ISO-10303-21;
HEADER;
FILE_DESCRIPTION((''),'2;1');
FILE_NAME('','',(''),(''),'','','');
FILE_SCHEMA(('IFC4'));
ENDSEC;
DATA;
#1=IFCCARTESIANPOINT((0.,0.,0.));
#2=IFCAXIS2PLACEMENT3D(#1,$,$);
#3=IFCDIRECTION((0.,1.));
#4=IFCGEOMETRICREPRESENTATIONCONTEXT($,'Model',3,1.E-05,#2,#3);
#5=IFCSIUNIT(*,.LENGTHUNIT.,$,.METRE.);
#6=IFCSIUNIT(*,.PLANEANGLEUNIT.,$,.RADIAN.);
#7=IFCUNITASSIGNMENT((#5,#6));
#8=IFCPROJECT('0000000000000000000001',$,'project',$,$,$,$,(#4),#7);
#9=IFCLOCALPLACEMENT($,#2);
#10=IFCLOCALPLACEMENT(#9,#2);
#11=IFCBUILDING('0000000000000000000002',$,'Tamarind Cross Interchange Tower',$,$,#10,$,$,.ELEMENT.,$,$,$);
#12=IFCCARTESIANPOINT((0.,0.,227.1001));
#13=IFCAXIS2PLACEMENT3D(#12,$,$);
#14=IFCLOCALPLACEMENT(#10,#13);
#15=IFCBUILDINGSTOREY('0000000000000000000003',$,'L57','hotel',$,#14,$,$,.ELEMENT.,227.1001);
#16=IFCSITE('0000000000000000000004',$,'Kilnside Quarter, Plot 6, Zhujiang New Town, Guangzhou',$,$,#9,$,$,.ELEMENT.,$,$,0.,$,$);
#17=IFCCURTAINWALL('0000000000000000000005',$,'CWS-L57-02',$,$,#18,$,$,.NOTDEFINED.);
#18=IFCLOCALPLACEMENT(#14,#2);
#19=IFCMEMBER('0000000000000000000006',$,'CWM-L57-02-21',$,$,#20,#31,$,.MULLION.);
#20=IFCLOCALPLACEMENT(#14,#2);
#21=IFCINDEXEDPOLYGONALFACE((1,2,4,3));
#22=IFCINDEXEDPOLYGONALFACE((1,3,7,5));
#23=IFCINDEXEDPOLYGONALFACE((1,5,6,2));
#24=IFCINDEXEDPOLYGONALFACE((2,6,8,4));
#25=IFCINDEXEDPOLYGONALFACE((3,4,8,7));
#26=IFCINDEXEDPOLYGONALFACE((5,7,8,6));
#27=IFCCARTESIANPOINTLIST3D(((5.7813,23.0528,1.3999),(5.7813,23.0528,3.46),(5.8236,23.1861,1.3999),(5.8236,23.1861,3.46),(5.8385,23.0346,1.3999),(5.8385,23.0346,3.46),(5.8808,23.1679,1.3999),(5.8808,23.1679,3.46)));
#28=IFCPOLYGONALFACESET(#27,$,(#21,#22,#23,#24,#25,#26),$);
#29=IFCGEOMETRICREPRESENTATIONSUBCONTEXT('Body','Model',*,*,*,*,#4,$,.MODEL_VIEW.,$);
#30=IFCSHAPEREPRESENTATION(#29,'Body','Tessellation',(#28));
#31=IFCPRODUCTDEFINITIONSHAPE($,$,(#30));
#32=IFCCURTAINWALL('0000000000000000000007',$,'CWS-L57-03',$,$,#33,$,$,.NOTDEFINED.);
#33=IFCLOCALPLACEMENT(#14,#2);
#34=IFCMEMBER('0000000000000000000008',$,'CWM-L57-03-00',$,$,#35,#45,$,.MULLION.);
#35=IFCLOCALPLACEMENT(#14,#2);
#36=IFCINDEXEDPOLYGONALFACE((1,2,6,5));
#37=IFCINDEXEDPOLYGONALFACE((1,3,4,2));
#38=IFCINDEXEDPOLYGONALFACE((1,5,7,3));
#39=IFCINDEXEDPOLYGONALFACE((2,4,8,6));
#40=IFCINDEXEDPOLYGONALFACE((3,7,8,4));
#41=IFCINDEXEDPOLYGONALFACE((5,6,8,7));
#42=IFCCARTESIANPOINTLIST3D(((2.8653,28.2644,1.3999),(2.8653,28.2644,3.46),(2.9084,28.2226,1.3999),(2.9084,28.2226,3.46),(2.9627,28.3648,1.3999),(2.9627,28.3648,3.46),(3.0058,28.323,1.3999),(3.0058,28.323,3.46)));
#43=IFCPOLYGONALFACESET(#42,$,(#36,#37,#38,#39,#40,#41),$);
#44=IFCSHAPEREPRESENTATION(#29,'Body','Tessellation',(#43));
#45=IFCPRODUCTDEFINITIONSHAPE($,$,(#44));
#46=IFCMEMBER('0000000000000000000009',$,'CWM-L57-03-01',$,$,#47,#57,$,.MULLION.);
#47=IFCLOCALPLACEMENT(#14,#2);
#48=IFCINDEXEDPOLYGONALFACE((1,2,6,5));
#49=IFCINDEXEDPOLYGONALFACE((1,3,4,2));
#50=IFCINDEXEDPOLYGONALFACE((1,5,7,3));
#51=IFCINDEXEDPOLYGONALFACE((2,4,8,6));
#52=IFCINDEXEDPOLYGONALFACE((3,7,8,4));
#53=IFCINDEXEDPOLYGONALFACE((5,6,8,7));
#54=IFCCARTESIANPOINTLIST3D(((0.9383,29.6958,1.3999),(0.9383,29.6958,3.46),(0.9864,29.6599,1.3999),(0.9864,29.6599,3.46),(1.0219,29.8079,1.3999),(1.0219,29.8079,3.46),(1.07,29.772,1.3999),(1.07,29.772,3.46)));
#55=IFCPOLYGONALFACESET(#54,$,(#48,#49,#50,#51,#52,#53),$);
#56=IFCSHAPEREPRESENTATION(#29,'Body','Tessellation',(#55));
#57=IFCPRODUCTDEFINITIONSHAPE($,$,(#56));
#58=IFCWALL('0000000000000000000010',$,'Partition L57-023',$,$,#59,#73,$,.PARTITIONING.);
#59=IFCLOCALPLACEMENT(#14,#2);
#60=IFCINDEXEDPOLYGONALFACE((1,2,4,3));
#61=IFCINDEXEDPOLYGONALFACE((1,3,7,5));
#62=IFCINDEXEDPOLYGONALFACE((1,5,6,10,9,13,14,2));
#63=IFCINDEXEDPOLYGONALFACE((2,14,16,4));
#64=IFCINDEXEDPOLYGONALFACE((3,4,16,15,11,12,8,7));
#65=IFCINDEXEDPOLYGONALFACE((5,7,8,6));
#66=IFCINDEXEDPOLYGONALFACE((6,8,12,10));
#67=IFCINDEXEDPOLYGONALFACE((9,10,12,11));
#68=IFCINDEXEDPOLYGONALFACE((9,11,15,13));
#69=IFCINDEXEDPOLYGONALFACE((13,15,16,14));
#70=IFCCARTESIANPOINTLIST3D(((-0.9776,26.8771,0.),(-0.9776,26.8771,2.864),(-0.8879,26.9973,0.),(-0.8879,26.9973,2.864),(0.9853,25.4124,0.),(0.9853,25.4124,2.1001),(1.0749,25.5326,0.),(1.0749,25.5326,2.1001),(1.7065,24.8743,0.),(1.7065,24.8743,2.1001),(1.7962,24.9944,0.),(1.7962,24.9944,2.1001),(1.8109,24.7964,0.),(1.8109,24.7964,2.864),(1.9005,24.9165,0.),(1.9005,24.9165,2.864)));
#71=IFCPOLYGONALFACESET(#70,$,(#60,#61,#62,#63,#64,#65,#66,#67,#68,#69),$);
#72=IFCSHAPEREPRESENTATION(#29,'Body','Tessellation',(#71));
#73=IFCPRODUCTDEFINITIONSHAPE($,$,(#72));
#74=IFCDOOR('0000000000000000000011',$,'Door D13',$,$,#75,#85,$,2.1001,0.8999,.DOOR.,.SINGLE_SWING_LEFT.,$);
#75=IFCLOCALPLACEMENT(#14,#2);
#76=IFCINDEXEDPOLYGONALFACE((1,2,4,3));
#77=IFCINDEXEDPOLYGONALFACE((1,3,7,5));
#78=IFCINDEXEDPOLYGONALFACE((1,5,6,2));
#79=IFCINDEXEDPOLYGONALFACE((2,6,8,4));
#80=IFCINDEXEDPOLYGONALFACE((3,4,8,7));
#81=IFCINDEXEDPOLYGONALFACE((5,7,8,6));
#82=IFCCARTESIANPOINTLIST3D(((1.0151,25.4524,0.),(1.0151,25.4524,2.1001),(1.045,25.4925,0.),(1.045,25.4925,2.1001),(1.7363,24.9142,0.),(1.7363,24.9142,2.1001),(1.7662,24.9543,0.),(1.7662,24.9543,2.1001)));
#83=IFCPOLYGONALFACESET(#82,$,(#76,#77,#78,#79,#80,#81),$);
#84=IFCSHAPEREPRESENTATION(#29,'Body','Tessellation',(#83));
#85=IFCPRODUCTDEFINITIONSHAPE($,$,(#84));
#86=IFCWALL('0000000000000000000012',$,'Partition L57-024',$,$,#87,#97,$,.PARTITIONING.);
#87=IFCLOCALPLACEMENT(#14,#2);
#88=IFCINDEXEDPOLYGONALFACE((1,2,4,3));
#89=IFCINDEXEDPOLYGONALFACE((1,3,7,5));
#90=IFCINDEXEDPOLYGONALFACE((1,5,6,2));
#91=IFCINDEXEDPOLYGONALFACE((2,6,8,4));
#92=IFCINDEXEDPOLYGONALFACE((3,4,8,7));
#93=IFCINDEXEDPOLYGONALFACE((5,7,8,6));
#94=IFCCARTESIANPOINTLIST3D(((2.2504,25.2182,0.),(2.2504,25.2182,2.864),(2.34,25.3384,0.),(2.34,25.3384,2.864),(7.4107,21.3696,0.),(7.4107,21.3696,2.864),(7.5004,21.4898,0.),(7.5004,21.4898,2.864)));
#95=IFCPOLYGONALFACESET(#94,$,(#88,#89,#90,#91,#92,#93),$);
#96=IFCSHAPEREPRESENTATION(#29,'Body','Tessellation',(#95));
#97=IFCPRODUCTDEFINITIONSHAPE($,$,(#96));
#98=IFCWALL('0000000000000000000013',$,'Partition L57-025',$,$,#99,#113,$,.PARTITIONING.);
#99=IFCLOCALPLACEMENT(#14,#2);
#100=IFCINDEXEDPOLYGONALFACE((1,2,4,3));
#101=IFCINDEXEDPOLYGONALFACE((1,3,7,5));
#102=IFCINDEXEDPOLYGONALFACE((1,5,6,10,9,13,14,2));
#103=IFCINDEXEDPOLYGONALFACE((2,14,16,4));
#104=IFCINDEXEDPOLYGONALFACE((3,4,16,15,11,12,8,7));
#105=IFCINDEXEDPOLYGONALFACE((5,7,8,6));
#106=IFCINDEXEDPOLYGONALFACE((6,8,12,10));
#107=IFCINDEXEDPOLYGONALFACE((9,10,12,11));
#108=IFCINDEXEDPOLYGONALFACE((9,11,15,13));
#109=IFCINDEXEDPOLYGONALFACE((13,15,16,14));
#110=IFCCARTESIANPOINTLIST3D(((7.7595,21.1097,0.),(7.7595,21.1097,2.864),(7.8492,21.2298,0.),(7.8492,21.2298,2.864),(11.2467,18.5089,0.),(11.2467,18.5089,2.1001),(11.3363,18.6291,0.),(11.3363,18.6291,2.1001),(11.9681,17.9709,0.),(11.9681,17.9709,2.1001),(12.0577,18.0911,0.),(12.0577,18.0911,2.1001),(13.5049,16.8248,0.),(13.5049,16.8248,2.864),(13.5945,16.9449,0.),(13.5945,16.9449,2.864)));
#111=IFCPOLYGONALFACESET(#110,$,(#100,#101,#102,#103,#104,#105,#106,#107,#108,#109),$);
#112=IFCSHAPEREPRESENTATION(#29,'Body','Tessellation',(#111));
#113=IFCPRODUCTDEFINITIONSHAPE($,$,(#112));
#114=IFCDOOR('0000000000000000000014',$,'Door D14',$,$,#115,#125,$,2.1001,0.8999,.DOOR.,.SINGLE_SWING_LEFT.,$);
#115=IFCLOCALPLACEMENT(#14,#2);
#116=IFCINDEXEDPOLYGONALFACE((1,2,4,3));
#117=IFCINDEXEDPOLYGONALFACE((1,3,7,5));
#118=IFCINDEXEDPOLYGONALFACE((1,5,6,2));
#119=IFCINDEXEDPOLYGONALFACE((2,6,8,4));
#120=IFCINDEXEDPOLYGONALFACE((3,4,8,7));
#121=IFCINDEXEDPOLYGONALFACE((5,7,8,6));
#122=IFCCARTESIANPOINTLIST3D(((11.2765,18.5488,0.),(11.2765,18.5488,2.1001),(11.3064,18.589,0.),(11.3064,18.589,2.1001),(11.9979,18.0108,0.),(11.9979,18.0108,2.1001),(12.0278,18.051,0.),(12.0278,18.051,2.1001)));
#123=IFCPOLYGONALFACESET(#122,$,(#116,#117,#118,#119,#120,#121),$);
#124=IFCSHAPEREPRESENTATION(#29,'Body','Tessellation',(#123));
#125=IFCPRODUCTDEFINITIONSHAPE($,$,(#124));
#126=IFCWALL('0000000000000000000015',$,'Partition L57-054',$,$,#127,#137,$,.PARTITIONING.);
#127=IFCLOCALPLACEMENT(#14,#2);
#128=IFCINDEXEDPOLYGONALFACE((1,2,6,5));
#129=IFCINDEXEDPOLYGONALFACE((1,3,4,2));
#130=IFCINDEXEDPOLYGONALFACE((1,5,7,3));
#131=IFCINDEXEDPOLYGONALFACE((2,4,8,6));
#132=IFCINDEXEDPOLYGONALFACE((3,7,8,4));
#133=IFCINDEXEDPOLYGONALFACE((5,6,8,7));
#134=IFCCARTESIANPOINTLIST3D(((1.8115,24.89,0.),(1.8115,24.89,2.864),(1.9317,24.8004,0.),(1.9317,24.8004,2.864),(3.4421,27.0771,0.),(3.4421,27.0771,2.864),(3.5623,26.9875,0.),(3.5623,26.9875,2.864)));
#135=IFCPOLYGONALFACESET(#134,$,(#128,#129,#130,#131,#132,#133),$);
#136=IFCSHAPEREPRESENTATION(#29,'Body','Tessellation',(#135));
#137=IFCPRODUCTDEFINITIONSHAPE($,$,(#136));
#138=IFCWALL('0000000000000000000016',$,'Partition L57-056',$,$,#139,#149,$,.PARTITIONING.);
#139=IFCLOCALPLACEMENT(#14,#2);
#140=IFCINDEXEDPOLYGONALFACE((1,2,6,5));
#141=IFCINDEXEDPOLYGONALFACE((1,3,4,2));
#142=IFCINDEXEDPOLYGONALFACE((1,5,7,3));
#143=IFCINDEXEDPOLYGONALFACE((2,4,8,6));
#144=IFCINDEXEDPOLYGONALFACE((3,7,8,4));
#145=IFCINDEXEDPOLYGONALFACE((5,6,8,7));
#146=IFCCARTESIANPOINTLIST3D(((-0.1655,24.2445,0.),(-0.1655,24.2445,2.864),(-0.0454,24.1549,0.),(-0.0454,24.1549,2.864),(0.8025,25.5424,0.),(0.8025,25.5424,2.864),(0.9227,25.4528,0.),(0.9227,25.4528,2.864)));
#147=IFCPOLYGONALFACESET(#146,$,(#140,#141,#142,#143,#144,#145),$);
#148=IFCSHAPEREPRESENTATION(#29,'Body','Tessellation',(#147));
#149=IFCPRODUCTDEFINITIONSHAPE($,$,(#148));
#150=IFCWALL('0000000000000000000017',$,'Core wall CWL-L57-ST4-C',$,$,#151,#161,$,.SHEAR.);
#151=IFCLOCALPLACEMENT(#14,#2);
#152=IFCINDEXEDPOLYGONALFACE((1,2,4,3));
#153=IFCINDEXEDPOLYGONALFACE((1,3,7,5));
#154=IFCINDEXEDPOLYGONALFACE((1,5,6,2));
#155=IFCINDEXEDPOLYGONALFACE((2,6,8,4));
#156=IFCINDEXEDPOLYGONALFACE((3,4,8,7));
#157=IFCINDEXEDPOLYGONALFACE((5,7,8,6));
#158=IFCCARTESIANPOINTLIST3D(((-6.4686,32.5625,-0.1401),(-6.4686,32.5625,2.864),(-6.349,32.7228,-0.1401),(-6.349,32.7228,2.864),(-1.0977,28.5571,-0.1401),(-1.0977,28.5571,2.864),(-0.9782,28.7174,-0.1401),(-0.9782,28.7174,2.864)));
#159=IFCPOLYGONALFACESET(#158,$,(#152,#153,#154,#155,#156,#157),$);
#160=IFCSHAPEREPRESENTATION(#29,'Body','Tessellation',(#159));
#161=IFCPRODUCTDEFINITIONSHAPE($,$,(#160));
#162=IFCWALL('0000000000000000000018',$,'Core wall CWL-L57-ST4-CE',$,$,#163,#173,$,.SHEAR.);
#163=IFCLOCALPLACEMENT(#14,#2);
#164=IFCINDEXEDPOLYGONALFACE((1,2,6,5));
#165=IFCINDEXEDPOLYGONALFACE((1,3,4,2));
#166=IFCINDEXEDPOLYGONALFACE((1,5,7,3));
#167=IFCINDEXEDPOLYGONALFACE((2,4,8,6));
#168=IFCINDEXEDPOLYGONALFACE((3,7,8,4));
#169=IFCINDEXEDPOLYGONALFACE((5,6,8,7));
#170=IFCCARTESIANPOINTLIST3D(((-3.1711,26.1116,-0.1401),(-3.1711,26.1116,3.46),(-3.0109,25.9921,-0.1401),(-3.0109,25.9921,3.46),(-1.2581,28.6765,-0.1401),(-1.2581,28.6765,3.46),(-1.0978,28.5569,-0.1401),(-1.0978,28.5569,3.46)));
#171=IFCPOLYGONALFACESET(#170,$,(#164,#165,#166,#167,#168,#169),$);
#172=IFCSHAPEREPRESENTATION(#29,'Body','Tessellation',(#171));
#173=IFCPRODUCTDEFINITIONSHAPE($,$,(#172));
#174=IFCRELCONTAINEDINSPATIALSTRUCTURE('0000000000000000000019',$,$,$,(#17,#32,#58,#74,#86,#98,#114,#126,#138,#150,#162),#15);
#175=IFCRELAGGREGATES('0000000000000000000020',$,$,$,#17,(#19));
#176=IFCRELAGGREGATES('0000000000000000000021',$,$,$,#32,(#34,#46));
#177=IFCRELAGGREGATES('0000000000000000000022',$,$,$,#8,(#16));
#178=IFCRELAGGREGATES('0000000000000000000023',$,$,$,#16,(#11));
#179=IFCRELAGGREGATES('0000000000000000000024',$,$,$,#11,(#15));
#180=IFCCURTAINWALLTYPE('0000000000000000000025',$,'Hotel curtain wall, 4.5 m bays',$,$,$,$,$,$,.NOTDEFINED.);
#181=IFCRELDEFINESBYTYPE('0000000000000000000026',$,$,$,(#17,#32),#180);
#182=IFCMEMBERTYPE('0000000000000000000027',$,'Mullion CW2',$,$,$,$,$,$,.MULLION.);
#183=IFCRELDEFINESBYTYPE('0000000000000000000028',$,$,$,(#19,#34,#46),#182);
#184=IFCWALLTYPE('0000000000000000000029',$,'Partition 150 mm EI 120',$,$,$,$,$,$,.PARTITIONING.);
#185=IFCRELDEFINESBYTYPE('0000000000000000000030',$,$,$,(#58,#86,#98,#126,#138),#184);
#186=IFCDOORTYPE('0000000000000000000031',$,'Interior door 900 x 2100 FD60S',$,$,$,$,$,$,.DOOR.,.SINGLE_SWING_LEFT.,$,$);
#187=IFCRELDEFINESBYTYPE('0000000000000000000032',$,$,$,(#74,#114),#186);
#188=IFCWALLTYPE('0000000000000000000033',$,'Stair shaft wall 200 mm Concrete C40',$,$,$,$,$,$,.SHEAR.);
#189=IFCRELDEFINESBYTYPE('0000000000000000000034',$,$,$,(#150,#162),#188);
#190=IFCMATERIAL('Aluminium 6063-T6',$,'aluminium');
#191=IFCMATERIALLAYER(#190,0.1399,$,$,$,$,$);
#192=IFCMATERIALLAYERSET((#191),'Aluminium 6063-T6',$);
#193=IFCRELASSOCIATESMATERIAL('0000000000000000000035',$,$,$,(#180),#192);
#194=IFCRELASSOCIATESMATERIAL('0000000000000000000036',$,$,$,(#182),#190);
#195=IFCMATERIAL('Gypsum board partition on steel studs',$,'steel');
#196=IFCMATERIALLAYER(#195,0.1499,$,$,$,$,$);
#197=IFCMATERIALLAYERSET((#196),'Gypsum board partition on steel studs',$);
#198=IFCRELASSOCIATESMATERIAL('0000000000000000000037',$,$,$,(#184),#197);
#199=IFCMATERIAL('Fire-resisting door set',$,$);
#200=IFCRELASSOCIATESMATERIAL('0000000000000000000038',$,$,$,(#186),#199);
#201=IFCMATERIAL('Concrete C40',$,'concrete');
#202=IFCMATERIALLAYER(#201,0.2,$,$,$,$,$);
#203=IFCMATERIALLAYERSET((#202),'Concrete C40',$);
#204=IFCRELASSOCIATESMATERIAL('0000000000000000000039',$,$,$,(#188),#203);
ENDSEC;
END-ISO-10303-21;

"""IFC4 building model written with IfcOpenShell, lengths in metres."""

from ifc_helpers import new_model, si_unit, direction, frame, frame_2d, origin, origin_2d, place, context, subcontext, project, spatial, rectangle, extrude, material, layer, layer_set, material_profile, profile_set, type_object, element, fill, aggregate, save


model = new_model("IFC4")

# Units and contexts
model_context = context("Model", 3, precision=1e-05, world=origin(), true_north=direction((0.0, 1.0)))
body_context = subcontext(model_context, "Body", "Model", "MODEL_VIEW")
ifc_project = project(units=[si_unit("LENGTHUNIT", "METRE"), si_unit("PLANEANGLEUNIT", "RADIAN")], contexts=[model_context])

# Site, building, storey
site_placement = place(None, origin())
site = spatial("IfcSite", under=ifc_project, at=site_placement, Name="Kilnside Quarter, Plot 6, Zhujiang New Town, Guangzhou", CompositionType="ELEMENT", RefElevation=0.0)
building_placement = place(site_placement, origin())
building = spatial("IfcBuilding", under=site, at=building_placement, Name="Tamarind Cross Interchange Tower", CompositionType="ELEMENT")
storey_placement = place(building_placement, frame((0.0, 0.0, 227.1001)))
storey = spatial("IfcBuildingStorey", under=building, at=storey_placement, Name="L57", Description="hotel", CompositionType="ELEMENT", Elevation=227.1001)

# Curtain walls, members
ifc_material_1 = material(Name="Aluminium 6063-T6", Category="aluminium")
ifc_layer_1 = layer(ifc_material_1, 0.1399)
ifc_layer_set_1 = layer_set([ifc_layer_1], Name="Aluminium 6063-T6")
curtain_wall_type = type_object("IfcCurtainWallType", Name="Hotel curtain wall, 4.5 m bays", PredefinedType="NOTDEFINED", material=ifc_layer_set_1)
curtain_wall_1_placement = place(storey_placement, origin())
curtain_wall_1 = element("IfcCurtainWall", 1, at=curtain_wall_1_placement, inside=storey, type_object=curtain_wall_type, Name="CWS-L57-02", PredefinedType="NOTDEFINED")
ifc_material_profile_1 = material_profile(ifc_material_1, rectangle(XDim=0.0601, YDim=0.1399, at=origin_2d()), Name="Mullion CW2")
ifc_profile_set_1 = profile_set([ifc_material_profile_1], Name="Aluminium 6063-T6")
member_type = type_object("IfcMemberType", Name="Mullion CW2", PredefinedType="MULLION", material=ifc_profile_set_1)
member_1_placement = place(storey_placement, frame((5.8311, 23.1104, 1.3999), z_axis=(0.0, 0.0, 1.0), x_axis=(-0.953133, 0.302552, 0.0)))
member_1 = element("IfcMember", 2, at=member_1_placement, type_object=member_type, Name="CWM-L57-02-21", PredefinedType="MULLION", context=body_context, shape_type="SweptSolid", body=[
    extrude(rectangle(XDim=0.0601, YDim=0.1399, at=origin_2d()), origin(), (0.0, 0.0, 1.0), 2.0601),
])
aggregate(curtain_wall_1, [member_1])
curtain_wall_2_placement = place(storey_placement, origin())
curtain_wall_2 = element("IfcCurtainWall", 3, at=curtain_wall_2_placement, inside=storey, type_object=curtain_wall_type, Name="CWS-L57-03", PredefinedType="NOTDEFINED")
member_2_placement = place(storey_placement, frame((2.9355, 28.2937, 1.3999), z_axis=(0.0, 0.0, 1.0), x_axis=(-0.718035, 0.696007, 0.0)))
member_2 = element("IfcMember", 4, at=member_2_placement, type_object=member_type, Name="CWM-L57-03-00", PredefinedType="MULLION", context=body_context, shape_type="SweptSolid", body=[
    extrude(rectangle(XDim=0.0601, YDim=0.1399, at=origin_2d()), origin(), (0.0, 0.0, 1.0), 2.0601),
])
member_3_placement = place(storey_placement, frame((1.0042, 29.7339, 1.3999), z_axis=(0.0, 0.0, 1.0), x_axis=(-0.801617, 0.597838, 0.0)))
member_3 = element("IfcMember", 5, at=member_3_placement, type_object=member_type, Name="CWM-L57-03-01", PredefinedType="MULLION", context=body_context, shape_type="SweptSolid", body=[
    extrude(rectangle(XDim=0.0601, YDim=0.1399, at=origin_2d()), origin(), (0.0, 0.0, 1.0), 2.0601),
])
aggregate(curtain_wall_2, [member_2, member_3])

# Wall, opening, door
ifc_material_2 = material(Name="Gypsum board partition on steel studs", Category="steel")
ifc_layer_2 = layer(ifc_material_2, 0.1499)
ifc_layer_set_2 = layer_set([ifc_layer_2], Name="Gypsum board partition on steel studs")
wall_type_1 = type_object("IfcWallType", Name="Partition 150 mm EI 120", PredefinedType="PARTITIONING", material=ifc_layer_set_2)
wall_1_placement = place(storey_placement, frame((-0.9329, 26.9373, 0.0), z_axis=(0.0, 0.0, 1.0), x_axis=(0.801463, -0.598045, 0.0)))
wall_1 = element("IfcWall", 6, at=wall_1_placement, inside=storey, type_object=wall_type_1, Name="Partition L57-023", PredefinedType="PARTITIONING", context=body_context, shape_type="SweptSolid", body=[
    extrude(rectangle(XDim=3.4792, YDim=0.1499, at=frame_2d((1.7397, 0.0))), origin(), (0.0, 0.0, 1.0), 2.864),
])
opening_1_placement = place(wall_1_placement, frame((2.4492, 0.0, 0.0)))
opening_1 = element("IfcOpeningElement", 7, at=opening_1_placement, cuts=wall_1, PredefinedType="OPENING", context=body_context, shape_type="SweptSolid", body=[
    extrude(rectangle(XDim=0.8999, YDim=2.1001, at=frame_2d((0.45, 1.05))), frame((0.0, 0.085, 0.0), z_axis=(0.0, -1.0, 0.0), x_axis=(1.0, 0.0, 0.0)), (0.0, 0.0, 1.0), 0.1699),
])
ifc_material_3 = material(Name="Fire-resisting door set")
door_type = type_object("IfcDoorType", Name="Interior door 900 x 2100 FD60S", OperationType="SINGLE_SWING_LEFT", PredefinedType="DOOR", material=ifc_material_3)
door_1_placement = place(opening_1_placement, origin())
door_1 = element("IfcDoor", 8, at=door_1_placement, inside=storey, type_object=door_type, Name="Door D13", OperationType="SINGLE_SWING_LEFT", OverallHeight=2.1001, OverallWidth=0.8999, PredefinedType="DOOR", context=body_context, shape_type="SweptSolid", body=[
    extrude(rectangle(XDim=0.8999, YDim=2.1001, at=frame_2d((0.45, 1.05))), frame((0.0, 0.0249, 0.0), z_axis=(0.0, -1.0, 0.0), x_axis=(1.0, 0.0, 0.0)), (0.0, 0.0, 1.0), 0.05),
])
fill(opening_1, door_1)

# Wall
wall_2_placement = place(storey_placement, frame((2.2952, 25.2783, 0.0), z_axis=(0.0, 0.0, 1.0), x_axis=(0.801613, -0.597844, 0.0)))
element("IfcWall", 9, at=wall_2_placement, inside=storey, type_object=wall_type_1, Name="Partition L57-024", PredefinedType="PARTITIONING", context=body_context, shape_type="SweptSolid", body=[
    extrude(rectangle(XDim=6.4375, YDim=0.1499, at=frame_2d((3.2188, 0.0))), origin(), (0.0, 0.0, 1.0), 2.864),
])

# Wall, opening, door
wall_3_placement = place(storey_placement, frame((7.8044, 21.1697, 0.0), z_axis=(0.0, 0.0, 1.0), x_axis=(0.801612, -0.597845, 0.0)))
wall_3 = element("IfcWall", 10, at=wall_3_placement, inside=storey, type_object=wall_type_1, Name="Partition L57-025", PredefinedType="PARTITIONING", context=body_context, shape_type="SweptSolid", body=[
    extrude(rectangle(XDim=7.1672, YDim=0.1499, at=frame_2d((3.5835, 0.0))), origin(), (0.0, 0.0, 1.0), 2.864),
])
opening_2_placement = place(wall_3_placement, frame((4.3501, 0.0, 0.0)))
opening_2 = element("IfcOpeningElement", 11, at=opening_2_placement, cuts=wall_3, PredefinedType="OPENING", context=body_context, shape_type="SweptSolid", body=[
    extrude(rectangle(XDim=0.8999, YDim=2.1001, at=frame_2d((0.45, 1.05))), frame((0.0, 0.085, 0.0), z_axis=(0.0, -1.0, 0.0), x_axis=(1.0, 0.0, 0.0)), (0.0, 0.0, 1.0), 0.1699),
])
door_2_placement = place(opening_2_placement, origin())
door_2 = element("IfcDoor", 12, at=door_2_placement, inside=storey, type_object=door_type, Name="Door D14", OperationType="SINGLE_SWING_LEFT", OverallHeight=2.1001, OverallWidth=0.8999, PredefinedType="DOOR", context=body_context, shape_type="SweptSolid", body=[
    extrude(rectangle(XDim=0.8999, YDim=2.1001, at=frame_2d((0.45, 1.05))), frame((0.0, 0.0249, 0.0), z_axis=(0.0, -1.0, 0.0), x_axis=(1.0, 0.0, 0.0)), (0.0, 0.0, 1.0), 0.05),
])
fill(opening_2, door_2)

# Walls
wall_4_placement = place(storey_placement, frame((1.8716, 24.8452, 0.0), z_axis=(0.0, 0.0, 1.0), x_axis=(0.597735, 0.801694, 0.0)))
element("IfcWall", 13, at=wall_4_placement, inside=storey, type_object=wall_type_1, Name="Partition L57-054", PredefinedType="PARTITIONING", context=body_context, shape_type="SweptSolid", body=[
    extrude(rectangle(XDim=2.728, YDim=0.1499, at=frame_2d((1.364, 0.0))), origin(), (0.0, 0.0, 1.0), 2.864),
])
wall_5_placement = place(storey_placement, frame((-0.1055, 24.1997, 0.0), z_axis=(0.0, 0.0, 1.0), x_axis=(0.597875, 0.80159, 0.0)))
element("IfcWall", 14, at=wall_5_placement, inside=storey, type_object=wall_type_1, Name="Partition L57-056", PredefinedType="PARTITIONING", context=body_context, shape_type="SweptSolid", body=[
    extrude(rectangle(XDim=1.6191, YDim=0.1499, at=frame_2d((0.8096, 0.0))), origin(), (0.0, 0.0, 1.0), 2.864),
])
ifc_material_4 = material(Name="Concrete C40", Category="concrete")
ifc_layer_3 = layer(ifc_material_4, 0.2)
ifc_layer_set_3 = layer_set([ifc_layer_3], Name="Concrete C40")
wall_type_2 = type_object("IfcWallType", Name="Stair shaft wall 200 mm Concrete C40", PredefinedType="SHEAR", material=ifc_layer_set_3)
wall_6_placement = place(storey_placement, frame((-1.0378, 28.6372, -0.1401), z_axis=(0.0, 0.0, 1.0), x_axis=(-0.801628, 0.597823, 0.0)))
element("IfcWall", 15, at=wall_6_placement, inside=storey, type_object=wall_type_2, Name="Core wall CWL-L57-ST4-C", PredefinedType="SHEAR", context=body_context, shape_type="SweptSolid", body=[
    extrude(rectangle(XDim=6.7, YDim=0.2, at=frame_2d((3.3501, 0.0))), origin(), (0.0, 0.0, 1.0), 3.0042),
])
wall_7_placement = place(storey_placement, frame((-1.178, 28.6167, -0.1401), z_axis=(0.0, 0.0, 1.0), x_axis=(-0.597874, -0.80159, 0.0)))
element("IfcWall", 16, at=wall_7_placement, inside=storey, type_object=wall_type_2, Name="Core wall CWL-L57-ST4-CE", PredefinedType="SHEAR", context=body_context, shape_type="SweptSolid", body=[
    extrude(rectangle(XDim=3.1997, YDim=0.2, at=frame_2d((1.5999, 0.0))), origin(), (0.0, 0.0, 1.0), 3.6001),
])

save(model, "model.ifc")
